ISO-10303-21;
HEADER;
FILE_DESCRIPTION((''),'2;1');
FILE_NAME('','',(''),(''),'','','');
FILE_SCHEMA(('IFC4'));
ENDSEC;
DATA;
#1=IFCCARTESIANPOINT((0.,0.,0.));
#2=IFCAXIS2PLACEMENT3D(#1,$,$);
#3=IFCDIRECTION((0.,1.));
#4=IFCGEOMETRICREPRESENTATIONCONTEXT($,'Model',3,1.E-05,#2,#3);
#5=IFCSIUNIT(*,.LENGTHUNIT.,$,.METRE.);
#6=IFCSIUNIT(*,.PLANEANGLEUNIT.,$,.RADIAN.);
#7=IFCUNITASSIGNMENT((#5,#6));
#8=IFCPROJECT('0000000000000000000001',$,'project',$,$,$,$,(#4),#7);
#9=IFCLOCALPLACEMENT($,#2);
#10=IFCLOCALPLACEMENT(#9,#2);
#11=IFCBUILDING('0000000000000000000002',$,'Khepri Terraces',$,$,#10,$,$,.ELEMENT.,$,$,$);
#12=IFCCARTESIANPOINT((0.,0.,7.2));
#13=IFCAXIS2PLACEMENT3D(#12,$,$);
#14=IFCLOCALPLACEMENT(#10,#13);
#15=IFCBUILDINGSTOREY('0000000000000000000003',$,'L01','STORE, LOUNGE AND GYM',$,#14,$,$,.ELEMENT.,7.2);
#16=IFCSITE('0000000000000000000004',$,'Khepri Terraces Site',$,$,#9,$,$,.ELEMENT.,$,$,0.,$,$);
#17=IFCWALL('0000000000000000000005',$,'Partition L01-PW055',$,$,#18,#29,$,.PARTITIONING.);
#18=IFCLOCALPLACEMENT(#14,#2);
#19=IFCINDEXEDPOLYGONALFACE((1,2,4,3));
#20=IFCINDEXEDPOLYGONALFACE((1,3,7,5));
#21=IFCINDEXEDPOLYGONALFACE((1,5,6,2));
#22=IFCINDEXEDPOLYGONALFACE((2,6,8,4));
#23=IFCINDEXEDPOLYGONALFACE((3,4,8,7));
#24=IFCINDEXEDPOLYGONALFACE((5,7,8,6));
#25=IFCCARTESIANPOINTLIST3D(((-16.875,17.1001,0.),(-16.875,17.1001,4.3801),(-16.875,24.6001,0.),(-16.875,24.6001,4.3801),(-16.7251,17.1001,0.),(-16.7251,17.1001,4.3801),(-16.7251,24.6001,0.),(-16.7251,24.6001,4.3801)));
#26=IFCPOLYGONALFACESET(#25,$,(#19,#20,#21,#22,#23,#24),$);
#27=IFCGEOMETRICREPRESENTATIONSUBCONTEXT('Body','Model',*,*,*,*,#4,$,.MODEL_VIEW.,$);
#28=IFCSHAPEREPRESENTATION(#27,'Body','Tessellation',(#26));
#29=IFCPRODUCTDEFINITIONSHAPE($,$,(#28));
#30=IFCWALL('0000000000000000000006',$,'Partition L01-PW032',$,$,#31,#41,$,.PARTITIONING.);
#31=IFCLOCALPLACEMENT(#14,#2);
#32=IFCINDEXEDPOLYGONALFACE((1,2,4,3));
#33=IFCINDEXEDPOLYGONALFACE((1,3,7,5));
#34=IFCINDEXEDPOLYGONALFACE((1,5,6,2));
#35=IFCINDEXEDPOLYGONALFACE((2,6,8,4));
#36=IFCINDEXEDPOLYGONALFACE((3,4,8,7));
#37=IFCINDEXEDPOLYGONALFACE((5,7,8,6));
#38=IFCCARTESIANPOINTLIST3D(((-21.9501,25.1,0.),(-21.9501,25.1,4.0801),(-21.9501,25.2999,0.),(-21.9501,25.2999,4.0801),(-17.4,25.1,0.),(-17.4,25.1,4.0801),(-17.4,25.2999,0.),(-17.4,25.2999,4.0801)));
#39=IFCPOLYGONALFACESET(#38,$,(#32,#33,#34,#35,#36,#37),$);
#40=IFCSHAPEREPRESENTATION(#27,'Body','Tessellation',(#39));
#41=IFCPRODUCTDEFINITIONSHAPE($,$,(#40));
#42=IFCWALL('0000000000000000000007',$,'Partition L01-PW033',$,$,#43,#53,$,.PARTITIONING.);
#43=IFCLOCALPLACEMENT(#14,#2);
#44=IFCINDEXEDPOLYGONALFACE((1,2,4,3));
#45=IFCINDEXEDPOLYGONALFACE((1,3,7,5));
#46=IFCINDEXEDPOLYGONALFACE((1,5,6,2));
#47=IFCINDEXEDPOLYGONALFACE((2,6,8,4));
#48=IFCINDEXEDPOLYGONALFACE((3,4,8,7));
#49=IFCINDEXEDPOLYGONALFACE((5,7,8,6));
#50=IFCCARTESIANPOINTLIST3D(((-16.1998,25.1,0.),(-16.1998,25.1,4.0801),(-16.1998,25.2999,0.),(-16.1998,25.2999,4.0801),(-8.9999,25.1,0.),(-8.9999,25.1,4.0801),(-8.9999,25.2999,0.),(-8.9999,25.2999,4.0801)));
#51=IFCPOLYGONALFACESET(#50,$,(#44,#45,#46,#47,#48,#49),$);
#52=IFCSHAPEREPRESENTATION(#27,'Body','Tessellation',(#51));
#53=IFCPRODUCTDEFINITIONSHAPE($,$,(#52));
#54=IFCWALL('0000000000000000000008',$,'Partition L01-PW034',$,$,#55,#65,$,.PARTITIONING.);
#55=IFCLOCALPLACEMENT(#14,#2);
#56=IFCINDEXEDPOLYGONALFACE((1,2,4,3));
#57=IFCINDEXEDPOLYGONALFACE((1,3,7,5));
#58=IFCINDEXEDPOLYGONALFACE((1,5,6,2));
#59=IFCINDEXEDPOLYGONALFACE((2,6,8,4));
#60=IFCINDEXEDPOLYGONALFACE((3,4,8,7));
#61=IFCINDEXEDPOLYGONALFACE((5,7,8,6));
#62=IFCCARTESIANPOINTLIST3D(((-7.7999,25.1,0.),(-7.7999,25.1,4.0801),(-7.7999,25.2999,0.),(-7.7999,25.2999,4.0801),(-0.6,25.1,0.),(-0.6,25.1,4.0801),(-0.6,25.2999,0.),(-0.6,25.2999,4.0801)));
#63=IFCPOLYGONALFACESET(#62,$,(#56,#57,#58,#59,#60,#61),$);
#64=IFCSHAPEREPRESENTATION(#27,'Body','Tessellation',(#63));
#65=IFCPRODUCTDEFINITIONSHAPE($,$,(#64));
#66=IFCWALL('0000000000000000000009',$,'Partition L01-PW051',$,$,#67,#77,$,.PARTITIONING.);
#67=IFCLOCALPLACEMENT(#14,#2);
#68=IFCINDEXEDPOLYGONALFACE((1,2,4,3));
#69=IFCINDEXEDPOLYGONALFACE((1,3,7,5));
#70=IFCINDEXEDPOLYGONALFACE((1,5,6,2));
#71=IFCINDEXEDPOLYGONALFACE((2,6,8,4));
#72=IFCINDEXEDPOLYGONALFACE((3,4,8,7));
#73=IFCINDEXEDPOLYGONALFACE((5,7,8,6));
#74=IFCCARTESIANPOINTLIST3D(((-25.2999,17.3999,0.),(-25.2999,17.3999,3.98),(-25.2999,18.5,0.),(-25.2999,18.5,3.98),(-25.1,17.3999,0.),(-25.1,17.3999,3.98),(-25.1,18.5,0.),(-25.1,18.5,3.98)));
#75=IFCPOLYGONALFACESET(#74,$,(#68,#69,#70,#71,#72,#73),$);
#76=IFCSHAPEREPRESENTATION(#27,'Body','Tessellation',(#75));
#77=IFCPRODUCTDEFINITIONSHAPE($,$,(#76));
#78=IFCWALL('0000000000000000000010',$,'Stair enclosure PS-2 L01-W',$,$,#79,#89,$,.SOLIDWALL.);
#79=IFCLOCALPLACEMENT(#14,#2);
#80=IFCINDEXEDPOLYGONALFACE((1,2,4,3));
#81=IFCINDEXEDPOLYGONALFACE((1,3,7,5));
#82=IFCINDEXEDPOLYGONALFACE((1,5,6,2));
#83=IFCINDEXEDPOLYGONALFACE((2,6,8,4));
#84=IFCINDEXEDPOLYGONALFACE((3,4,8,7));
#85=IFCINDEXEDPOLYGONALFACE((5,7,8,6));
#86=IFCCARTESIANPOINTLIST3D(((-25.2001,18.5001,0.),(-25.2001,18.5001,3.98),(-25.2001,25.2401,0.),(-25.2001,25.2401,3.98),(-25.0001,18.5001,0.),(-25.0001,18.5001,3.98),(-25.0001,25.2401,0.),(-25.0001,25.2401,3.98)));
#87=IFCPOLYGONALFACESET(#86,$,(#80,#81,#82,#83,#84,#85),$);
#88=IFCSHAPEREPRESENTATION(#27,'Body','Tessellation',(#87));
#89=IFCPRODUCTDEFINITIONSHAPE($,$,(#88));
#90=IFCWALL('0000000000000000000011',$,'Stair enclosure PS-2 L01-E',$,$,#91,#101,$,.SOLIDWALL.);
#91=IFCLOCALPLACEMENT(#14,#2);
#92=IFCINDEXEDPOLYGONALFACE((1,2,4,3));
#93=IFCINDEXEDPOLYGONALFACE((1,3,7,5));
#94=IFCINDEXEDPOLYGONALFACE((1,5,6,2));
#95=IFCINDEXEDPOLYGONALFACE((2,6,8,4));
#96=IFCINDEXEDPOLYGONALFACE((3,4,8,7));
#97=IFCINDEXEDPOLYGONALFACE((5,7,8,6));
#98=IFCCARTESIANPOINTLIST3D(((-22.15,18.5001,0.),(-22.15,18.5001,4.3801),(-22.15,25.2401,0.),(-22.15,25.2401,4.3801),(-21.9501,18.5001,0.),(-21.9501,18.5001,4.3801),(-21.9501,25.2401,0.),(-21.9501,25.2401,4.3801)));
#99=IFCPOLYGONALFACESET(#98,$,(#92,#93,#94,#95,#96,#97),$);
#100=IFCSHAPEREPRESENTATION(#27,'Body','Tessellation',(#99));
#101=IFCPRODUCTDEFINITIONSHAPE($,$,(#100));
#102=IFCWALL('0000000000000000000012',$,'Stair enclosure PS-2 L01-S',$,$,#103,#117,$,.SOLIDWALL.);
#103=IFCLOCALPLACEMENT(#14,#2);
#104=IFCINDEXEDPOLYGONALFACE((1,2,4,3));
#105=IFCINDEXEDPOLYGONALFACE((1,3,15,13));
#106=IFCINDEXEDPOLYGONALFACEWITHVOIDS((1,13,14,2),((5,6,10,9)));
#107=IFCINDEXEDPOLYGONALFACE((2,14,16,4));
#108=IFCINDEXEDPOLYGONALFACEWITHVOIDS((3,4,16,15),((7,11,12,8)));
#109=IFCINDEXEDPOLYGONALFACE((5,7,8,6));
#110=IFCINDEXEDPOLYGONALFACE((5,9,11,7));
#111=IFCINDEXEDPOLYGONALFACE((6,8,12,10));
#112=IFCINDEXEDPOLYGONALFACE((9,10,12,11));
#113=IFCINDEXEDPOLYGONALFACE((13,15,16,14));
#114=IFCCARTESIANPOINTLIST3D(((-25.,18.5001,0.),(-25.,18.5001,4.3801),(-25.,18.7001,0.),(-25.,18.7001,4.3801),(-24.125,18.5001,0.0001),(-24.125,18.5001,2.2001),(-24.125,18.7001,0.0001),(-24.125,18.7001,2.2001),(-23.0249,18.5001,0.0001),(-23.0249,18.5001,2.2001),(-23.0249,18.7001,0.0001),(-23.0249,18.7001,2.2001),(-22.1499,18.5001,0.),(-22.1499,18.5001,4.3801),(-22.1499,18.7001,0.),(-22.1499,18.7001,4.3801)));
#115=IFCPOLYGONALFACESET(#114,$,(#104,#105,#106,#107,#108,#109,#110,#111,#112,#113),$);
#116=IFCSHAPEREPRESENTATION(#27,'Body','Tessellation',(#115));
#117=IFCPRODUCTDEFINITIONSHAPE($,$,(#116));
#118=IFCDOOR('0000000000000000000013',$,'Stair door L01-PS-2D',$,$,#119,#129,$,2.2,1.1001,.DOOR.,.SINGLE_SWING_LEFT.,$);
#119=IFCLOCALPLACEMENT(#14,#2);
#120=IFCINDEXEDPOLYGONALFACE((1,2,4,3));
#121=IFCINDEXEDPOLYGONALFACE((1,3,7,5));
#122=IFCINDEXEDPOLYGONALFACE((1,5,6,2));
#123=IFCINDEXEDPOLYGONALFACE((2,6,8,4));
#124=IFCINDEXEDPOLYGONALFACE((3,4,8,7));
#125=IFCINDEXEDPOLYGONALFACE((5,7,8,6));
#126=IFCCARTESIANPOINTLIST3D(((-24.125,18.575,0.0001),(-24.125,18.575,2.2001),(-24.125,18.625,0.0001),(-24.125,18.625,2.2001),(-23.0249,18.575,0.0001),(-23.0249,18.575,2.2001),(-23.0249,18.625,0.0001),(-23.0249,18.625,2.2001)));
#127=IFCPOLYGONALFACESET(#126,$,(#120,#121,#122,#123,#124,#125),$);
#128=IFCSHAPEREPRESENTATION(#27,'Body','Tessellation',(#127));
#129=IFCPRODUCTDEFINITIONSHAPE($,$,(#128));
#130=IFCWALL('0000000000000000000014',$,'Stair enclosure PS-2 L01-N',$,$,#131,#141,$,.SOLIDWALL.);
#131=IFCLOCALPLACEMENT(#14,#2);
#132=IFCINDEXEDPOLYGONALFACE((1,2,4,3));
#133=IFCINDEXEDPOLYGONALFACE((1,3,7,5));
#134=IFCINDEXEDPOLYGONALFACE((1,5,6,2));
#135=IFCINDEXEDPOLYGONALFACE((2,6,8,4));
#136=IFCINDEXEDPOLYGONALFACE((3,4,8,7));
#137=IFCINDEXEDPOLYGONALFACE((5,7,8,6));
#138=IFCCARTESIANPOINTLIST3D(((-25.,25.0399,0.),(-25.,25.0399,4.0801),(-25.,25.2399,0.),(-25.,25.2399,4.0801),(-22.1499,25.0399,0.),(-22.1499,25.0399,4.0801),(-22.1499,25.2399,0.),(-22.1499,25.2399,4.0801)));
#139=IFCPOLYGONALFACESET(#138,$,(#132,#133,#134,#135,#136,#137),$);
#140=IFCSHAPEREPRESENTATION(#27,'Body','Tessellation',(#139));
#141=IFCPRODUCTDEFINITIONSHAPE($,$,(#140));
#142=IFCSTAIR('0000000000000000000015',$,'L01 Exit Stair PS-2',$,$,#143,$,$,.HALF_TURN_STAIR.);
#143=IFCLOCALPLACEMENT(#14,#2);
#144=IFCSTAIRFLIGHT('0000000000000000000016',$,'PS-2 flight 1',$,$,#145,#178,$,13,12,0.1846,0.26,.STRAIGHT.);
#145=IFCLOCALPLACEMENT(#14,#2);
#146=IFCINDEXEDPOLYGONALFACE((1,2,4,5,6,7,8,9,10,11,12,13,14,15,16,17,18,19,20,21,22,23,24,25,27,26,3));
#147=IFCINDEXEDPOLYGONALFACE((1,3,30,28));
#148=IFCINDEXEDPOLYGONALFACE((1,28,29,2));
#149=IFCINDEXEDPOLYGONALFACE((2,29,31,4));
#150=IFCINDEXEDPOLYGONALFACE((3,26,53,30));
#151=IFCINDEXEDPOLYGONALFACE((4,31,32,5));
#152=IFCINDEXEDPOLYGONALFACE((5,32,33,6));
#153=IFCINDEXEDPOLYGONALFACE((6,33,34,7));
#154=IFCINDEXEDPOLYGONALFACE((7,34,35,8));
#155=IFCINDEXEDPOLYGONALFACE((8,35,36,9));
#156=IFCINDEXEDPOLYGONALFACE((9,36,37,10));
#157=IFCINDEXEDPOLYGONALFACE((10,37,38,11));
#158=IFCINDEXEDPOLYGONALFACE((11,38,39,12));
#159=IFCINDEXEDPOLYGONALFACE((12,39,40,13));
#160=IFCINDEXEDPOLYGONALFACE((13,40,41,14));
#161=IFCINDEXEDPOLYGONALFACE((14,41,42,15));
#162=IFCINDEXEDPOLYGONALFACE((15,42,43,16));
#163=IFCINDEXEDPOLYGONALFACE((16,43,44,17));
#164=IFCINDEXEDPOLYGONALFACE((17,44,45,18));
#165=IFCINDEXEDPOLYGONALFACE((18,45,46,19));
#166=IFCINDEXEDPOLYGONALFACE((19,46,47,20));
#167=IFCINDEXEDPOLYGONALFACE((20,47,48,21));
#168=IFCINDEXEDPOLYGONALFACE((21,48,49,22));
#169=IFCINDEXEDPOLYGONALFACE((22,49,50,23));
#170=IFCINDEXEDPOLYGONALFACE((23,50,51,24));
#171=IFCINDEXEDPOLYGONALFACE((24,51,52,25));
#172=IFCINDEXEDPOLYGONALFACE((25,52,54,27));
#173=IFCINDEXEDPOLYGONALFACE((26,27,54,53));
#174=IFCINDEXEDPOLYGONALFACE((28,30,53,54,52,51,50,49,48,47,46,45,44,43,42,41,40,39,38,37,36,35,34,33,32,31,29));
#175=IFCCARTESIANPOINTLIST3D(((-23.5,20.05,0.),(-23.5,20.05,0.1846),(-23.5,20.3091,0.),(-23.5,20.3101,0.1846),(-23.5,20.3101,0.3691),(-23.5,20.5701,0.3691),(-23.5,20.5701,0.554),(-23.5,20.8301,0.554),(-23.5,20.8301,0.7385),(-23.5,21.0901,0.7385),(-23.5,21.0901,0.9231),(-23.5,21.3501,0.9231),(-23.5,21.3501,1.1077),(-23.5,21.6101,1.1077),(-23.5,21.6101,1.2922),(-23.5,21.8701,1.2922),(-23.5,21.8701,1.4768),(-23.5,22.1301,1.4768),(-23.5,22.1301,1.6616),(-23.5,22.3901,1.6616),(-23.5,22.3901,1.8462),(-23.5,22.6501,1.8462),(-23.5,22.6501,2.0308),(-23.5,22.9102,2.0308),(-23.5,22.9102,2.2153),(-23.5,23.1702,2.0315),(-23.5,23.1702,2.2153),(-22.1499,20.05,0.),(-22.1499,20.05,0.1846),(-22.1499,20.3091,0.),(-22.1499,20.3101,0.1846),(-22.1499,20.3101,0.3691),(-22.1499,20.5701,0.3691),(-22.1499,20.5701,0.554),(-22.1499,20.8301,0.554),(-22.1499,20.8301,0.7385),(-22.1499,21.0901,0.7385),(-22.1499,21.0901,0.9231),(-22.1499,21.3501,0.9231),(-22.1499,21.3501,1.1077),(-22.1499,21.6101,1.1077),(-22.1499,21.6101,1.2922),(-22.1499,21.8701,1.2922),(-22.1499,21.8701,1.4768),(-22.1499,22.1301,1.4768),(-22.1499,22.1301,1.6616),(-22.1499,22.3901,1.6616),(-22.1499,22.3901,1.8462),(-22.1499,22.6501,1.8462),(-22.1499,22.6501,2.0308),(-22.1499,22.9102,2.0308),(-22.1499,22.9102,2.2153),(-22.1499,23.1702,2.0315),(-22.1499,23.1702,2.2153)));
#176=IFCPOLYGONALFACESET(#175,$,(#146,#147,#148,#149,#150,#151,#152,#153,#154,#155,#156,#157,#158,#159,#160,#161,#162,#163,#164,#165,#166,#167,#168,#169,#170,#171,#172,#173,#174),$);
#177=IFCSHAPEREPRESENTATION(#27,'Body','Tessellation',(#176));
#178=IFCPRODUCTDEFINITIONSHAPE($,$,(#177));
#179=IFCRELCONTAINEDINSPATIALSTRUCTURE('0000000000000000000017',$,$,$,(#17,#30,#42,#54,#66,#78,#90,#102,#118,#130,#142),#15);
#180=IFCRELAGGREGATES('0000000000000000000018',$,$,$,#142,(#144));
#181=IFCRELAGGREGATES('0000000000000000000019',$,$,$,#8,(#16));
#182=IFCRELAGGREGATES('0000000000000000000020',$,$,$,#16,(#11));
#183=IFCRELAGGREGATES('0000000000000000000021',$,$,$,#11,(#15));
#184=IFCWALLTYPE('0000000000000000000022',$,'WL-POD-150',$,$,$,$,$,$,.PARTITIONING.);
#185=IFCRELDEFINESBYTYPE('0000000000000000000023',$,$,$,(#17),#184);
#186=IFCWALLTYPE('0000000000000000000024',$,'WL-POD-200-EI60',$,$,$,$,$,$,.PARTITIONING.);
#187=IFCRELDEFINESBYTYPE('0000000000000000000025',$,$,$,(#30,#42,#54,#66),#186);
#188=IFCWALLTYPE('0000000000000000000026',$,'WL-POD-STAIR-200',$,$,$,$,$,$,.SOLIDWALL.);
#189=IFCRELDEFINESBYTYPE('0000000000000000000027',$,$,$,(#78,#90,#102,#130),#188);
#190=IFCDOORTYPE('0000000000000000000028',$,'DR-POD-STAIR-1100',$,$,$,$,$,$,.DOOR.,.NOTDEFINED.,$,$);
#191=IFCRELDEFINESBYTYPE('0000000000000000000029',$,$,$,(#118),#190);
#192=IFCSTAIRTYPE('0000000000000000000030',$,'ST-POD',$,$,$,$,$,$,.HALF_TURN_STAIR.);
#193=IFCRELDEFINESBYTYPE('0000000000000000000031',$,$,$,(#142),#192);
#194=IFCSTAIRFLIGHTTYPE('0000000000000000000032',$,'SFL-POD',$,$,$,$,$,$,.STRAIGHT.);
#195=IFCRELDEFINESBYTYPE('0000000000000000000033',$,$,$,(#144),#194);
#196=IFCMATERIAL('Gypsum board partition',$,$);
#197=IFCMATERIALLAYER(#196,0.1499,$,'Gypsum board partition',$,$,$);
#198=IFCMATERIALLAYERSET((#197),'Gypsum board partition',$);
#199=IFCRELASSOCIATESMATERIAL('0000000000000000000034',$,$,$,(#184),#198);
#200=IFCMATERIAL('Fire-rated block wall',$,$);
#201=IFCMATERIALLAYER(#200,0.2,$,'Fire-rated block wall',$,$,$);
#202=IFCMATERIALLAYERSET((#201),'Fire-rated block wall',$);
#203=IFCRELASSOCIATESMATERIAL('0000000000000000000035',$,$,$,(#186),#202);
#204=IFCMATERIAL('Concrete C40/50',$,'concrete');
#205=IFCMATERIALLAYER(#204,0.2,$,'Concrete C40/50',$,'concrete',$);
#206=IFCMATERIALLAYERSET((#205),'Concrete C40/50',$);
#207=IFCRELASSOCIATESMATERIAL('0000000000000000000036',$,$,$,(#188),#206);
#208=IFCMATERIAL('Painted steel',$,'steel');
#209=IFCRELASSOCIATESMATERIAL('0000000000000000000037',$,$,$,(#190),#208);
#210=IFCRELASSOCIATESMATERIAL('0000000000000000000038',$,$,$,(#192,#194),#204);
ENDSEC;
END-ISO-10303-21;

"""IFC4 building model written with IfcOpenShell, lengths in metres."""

from ifc_helpers import new_model, si_unit, direction, frame, frame_2d, origin, place, context, subcontext, project, spatial, polyline, rectangle, outline, extrude, material, layer, layer_set, type_object, element, fill, aggregate, save


model = new_model("IFC4")

# Units and contexts
model_context = context("Model", 3, precision=1e-05, world=origin(), true_north=direction((0.0, 1.0)))
body_context = subcontext(model_context, "Body", "Model", "MODEL_VIEW")
ifc_project = project(units=[si_unit("LENGTHUNIT", "METRE"), si_unit("PLANEANGLEUNIT", "RADIAN")], contexts=[model_context])

# Site, building, storey
site_placement = place(None, origin())
site = spatial("IfcSite", under=ifc_project, at=site_placement, Name="Khepri Terraces Site", CompositionType="ELEMENT", RefElevation=0.0)
building_placement = place(site_placement, origin())
building = spatial("IfcBuilding", under=site, at=building_placement, Name="Khepri Terraces", CompositionType="ELEMENT")
storey_placement = place(building_placement, frame((0.0, 0.0, 7.2)))
storey = spatial("IfcBuildingStorey", under=building, at=storey_placement, Name="L01", Description="STORE, LOUNGE AND GYM", CompositionType="ELEMENT", Elevation=7.2)

# Walls
ifc_material_1 = material(Name="Gypsum board partition")
ifc_layer_1 = layer(ifc_material_1, 0.1499, Name="Gypsum board partition")
ifc_layer_set_1 = layer_set([ifc_layer_1], Name="Gypsum board partition")
wall_type_1 = type_object("IfcWallType", Name="WL-POD-150", PredefinedType="PARTITIONING", material=ifc_layer_set_1)
wall_1_placement = place(storey_placement, frame((-16.8, 17.1001, 0.0), z_axis=(0.0, 0.0, 1.0), x_axis=(0.0, 1.0, 0.0)))
element("IfcWall", 1, at=wall_1_placement, inside=storey, type_object=wall_type_1, Name="Partition L01-PW055", PredefinedType="PARTITIONING", context=body_context, shape_type="SweptSolid", body=[
    extrude(rectangle(XDim=7.5, YDim=0.1499, at=frame_2d((3.75, 0.0))), origin(), (0.0, 0.0, 1.0), 4.3801),
])
ifc_material_2 = material(Name="Fire-rated block wall")
ifc_layer_2 = layer(ifc_material_2, 0.2, Name="Fire-rated block wall")
ifc_layer_set_2 = layer_set([ifc_layer_2], Name="Fire-rated block wall")
wall_type_2 = type_object("IfcWallType", Name="WL-POD-200-EI60", PredefinedType="PARTITIONING", material=ifc_layer_set_2)
wall_2_placement = place(storey_placement, frame((-21.95, 25.2, 0.0), z_axis=(0.0, 0.0, 1.0), x_axis=(1.0, 0.0, 0.0)))
element("IfcWall", 2, at=wall_2_placement, inside=storey, type_object=wall_type_2, Name="Partition L01-PW032", PredefinedType="PARTITIONING", context=body_context, shape_type="SweptSolid", body=[
    extrude(rectangle(XDim=4.55, YDim=0.2, at=frame_2d((2.2749, 0.0))), origin(), (0.0, 0.0, 1.0), 4.0801),
])
for number, where, z_axis, x_axis, name in (
    (3, (-16.2, 25.2, 0.0), (0.0, 0.0, 1.0), (1.0, 0.0, 0.0), "Partition L01-PW033"),
    (4, (-7.8, 25.2, 0.0), (0.0, 0.0, 1.0), (1.0, 0.0, 0.0), "Partition L01-PW034"),
):
    element("IfcWall", number, at=place(storey_placement, frame(where, z_axis=z_axis, x_axis=x_axis)), inside=storey, type_object=wall_type_2, Name=name, PredefinedType="PARTITIONING", context=body_context, shape_type="SweptSolid", body=[
        extrude(rectangle(XDim=7.2, YDim=0.2, at=frame_2d((3.6001, 0.0))), origin(), (0.0, 0.0, 1.0), 4.0801),
    ])
wall_3_placement = place(storey_placement, frame((-25.2, 17.3999, 0.0), z_axis=(0.0, 0.0, 1.0), x_axis=(0.0, 1.0, 0.0)))
element("IfcWall", 5, at=wall_3_placement, inside=storey, type_object=wall_type_2, Name="Partition L01-PW051", PredefinedType="PARTITIONING", context=body_context, shape_type="SweptSolid", body=[
    extrude(rectangle(XDim=1.1001, YDim=0.2, at=frame_2d((0.55, 0.0))), origin(), (0.0, 0.0, 1.0), 3.98),
])
ifc_material_3 = material(Name="Concrete C40/50", Category="concrete")
ifc_layer_3 = layer(ifc_material_3, 0.2, Name="Concrete C40/50", Category="concrete")
ifc_layer_set_3 = layer_set([ifc_layer_3], Name="Concrete C40/50")
wall_type_3 = type_object("IfcWallType", Name="WL-POD-STAIR-200", PredefinedType="SOLIDWALL", material=ifc_layer_set_3)
wall_4_placement = place(storey_placement, frame((-25.1001, 18.5, 0.0), z_axis=(0.0, 0.0, 1.0), x_axis=(0.0, 1.0, 0.0)))
element("IfcWall", 6, at=wall_4_placement, inside=storey, type_object=wall_type_3, Name="Stair enclosure PS-2 L01-W", PredefinedType="SOLIDWALL", context=body_context, shape_type="SweptSolid", body=[
    extrude(rectangle(XDim=6.74, YDim=0.2, at=frame_2d((3.3701, 0.0))), origin(), (0.0, 0.0, 1.0), 3.98),
])
wall_5_placement = place(storey_placement, frame((-22.05, 18.5, 0.0), z_axis=(0.0, 0.0, 1.0), x_axis=(0.0, 1.0, 0.0)))
element("IfcWall", 7, at=wall_5_placement, inside=storey, type_object=wall_type_3, Name="Stair enclosure PS-2 L01-E", PredefinedType="SOLIDWALL", context=body_context, shape_type="SweptSolid", body=[
    extrude(rectangle(XDim=6.74, YDim=0.2, at=frame_2d((3.3701, 0.0))), origin(), (0.0, 0.0, 1.0), 4.3801),
])

# Wall, opening, door
wall_6_placement = place(storey_placement, frame((-25.0, 18.6001, 0.0), z_axis=(0.0, 0.0, 1.0), x_axis=(1.0, 0.0, 0.0)))
wall_6 = element("IfcWall", 8, at=wall_6_placement, inside=storey, type_object=wall_type_3, Name="Stair enclosure PS-2 L01-S", PredefinedType="SOLIDWALL", context=body_context, shape_type="SweptSolid", body=[
    extrude(rectangle(XDim=2.8501, YDim=0.2, at=frame_2d((1.425, 0.0))), origin(), (0.0, 0.0, 1.0), 4.3801),
])
opening_placement = place(wall_6_placement, frame((0.875, 0.0, 0.0)))
opening = element("IfcOpeningElement", 9, at=opening_placement, cuts=wall_6, PredefinedType="OPENING", context=body_context, shape_type="SweptSolid", body=[
    extrude(rectangle(XDim=1.1001, YDim=2.2, at=frame_2d((0.55, 1.1001))), frame((0.0, 0.1099, 0.0), z_axis=(0.0, -1.0, 0.0), x_axis=(1.0, 0.0, 0.0)), (0.0, 0.0, 1.0), 0.22),
])
ifc_material_4 = material(Name="Painted steel", Category="steel")
door_type = type_object("IfcDoorType", Name="DR-POD-STAIR-1100", OperationType="NOTDEFINED", PredefinedType="DOOR", material=ifc_material_4)
door_placement = place(opening_placement, origin())
door = element("IfcDoor", 10, at=door_placement, inside=storey, type_object=door_type, Name="Stair door L01-PS-2D", OperationType="SINGLE_SWING_LEFT", OverallHeight=2.2, OverallWidth=1.1001, PredefinedType="DOOR", context=body_context, shape_type="SweptSolid", body=[
    extrude(rectangle(XDim=1.1001, YDim=2.2, at=frame_2d((0.55, 1.1001))), frame((0.0, 0.0249, 0.0), z_axis=(0.0, -1.0, 0.0), x_axis=(1.0, 0.0, 0.0)), (0.0, 0.0, 1.0), 0.05),
])
fill(opening, door)

# Wall
wall_7_placement = place(storey_placement, frame((-25.0, 25.1399, 0.0), z_axis=(0.0, 0.0, 1.0), x_axis=(1.0, 0.0, 0.0)))
element("IfcWall", 11, at=wall_7_placement, inside=storey, type_object=wall_type_3, Name="Stair enclosure PS-2 L01-N", PredefinedType="SOLIDWALL", context=body_context, shape_type="SweptSolid", body=[
    extrude(rectangle(XDim=2.8501, YDim=0.2, at=frame_2d((1.425, 0.0))), origin(), (0.0, 0.0, 1.0), 4.0801),
])

# Stair, stair flight
stair_type = type_object("IfcStairType", Name="ST-POD", PredefinedType="HALF_TURN_STAIR", material=ifc_material_3)
stair_placement = place(storey_placement, origin())
stair = element("IfcStair", 12, at=stair_placement, inside=storey, type_object=stair_type, Name="L01 Exit Stair PS-2", PredefinedType="HALF_TURN_STAIR")
stair_flight_type = type_object("IfcStairFlightType", Name="SFL-POD", PredefinedType="STRAIGHT", material=ifc_material_3)
stair_flight_1_placement = place(storey_placement, frame((-22.825, 20.05, 0.0), z_axis=(0.0, 0.0, 1.0), x_axis=(0.0, 1.0, 0.0)))
stair_flight_1 = element("IfcStairFlight", 13, at=stair_flight_1_placement, type_object=stair_flight_type, Name="PS-2 flight 1", NumberOfRisers=13, NumberOfTreads=12, PredefinedType="STRAIGHT", RiserHeight=0.1846, TreadLength=0.26, context=body_context, shape_type="SweptSolid", body=[
    extrude(outline(polyline([(0.0, 0.0), (0.0, 0.1846), (0.26, 0.1846), (0.26, 0.3691), (0.52, 0.3691), (0.52, 0.554), (0.78, 0.554), (0.78, 0.7385), (1.04, 0.7385), (1.04, 0.9231), (1.3, 0.9231), (1.3, 1.1077), (1.5601, 1.1077), (1.5601, 1.2922), (1.8201, 1.2922), (1.8201, 1.4768), (2.0801, 1.4768), (2.0801, 1.6616), (2.3401, 1.6616), (2.3401, 1.8462), (2.6001, 1.8462), (2.6001, 2.0308), (2.8601, 2.0308), (2.8601, 2.2153), (3.1201, 2.2153), (3.1201, 2.3999), (3.1201, 2.0315), (0.259, 0.0), (0.0, 0.0)])), frame((0.0, 0.675, 0.0), z_axis=(0.0, -1.0, 0.0), x_axis=(1.0, 0.0, 0.0)), (0.0, 0.0, 1.0), 1.3501),
])
aggregate(stair, [stair_flight_1])

save(model, "model.ifc")
